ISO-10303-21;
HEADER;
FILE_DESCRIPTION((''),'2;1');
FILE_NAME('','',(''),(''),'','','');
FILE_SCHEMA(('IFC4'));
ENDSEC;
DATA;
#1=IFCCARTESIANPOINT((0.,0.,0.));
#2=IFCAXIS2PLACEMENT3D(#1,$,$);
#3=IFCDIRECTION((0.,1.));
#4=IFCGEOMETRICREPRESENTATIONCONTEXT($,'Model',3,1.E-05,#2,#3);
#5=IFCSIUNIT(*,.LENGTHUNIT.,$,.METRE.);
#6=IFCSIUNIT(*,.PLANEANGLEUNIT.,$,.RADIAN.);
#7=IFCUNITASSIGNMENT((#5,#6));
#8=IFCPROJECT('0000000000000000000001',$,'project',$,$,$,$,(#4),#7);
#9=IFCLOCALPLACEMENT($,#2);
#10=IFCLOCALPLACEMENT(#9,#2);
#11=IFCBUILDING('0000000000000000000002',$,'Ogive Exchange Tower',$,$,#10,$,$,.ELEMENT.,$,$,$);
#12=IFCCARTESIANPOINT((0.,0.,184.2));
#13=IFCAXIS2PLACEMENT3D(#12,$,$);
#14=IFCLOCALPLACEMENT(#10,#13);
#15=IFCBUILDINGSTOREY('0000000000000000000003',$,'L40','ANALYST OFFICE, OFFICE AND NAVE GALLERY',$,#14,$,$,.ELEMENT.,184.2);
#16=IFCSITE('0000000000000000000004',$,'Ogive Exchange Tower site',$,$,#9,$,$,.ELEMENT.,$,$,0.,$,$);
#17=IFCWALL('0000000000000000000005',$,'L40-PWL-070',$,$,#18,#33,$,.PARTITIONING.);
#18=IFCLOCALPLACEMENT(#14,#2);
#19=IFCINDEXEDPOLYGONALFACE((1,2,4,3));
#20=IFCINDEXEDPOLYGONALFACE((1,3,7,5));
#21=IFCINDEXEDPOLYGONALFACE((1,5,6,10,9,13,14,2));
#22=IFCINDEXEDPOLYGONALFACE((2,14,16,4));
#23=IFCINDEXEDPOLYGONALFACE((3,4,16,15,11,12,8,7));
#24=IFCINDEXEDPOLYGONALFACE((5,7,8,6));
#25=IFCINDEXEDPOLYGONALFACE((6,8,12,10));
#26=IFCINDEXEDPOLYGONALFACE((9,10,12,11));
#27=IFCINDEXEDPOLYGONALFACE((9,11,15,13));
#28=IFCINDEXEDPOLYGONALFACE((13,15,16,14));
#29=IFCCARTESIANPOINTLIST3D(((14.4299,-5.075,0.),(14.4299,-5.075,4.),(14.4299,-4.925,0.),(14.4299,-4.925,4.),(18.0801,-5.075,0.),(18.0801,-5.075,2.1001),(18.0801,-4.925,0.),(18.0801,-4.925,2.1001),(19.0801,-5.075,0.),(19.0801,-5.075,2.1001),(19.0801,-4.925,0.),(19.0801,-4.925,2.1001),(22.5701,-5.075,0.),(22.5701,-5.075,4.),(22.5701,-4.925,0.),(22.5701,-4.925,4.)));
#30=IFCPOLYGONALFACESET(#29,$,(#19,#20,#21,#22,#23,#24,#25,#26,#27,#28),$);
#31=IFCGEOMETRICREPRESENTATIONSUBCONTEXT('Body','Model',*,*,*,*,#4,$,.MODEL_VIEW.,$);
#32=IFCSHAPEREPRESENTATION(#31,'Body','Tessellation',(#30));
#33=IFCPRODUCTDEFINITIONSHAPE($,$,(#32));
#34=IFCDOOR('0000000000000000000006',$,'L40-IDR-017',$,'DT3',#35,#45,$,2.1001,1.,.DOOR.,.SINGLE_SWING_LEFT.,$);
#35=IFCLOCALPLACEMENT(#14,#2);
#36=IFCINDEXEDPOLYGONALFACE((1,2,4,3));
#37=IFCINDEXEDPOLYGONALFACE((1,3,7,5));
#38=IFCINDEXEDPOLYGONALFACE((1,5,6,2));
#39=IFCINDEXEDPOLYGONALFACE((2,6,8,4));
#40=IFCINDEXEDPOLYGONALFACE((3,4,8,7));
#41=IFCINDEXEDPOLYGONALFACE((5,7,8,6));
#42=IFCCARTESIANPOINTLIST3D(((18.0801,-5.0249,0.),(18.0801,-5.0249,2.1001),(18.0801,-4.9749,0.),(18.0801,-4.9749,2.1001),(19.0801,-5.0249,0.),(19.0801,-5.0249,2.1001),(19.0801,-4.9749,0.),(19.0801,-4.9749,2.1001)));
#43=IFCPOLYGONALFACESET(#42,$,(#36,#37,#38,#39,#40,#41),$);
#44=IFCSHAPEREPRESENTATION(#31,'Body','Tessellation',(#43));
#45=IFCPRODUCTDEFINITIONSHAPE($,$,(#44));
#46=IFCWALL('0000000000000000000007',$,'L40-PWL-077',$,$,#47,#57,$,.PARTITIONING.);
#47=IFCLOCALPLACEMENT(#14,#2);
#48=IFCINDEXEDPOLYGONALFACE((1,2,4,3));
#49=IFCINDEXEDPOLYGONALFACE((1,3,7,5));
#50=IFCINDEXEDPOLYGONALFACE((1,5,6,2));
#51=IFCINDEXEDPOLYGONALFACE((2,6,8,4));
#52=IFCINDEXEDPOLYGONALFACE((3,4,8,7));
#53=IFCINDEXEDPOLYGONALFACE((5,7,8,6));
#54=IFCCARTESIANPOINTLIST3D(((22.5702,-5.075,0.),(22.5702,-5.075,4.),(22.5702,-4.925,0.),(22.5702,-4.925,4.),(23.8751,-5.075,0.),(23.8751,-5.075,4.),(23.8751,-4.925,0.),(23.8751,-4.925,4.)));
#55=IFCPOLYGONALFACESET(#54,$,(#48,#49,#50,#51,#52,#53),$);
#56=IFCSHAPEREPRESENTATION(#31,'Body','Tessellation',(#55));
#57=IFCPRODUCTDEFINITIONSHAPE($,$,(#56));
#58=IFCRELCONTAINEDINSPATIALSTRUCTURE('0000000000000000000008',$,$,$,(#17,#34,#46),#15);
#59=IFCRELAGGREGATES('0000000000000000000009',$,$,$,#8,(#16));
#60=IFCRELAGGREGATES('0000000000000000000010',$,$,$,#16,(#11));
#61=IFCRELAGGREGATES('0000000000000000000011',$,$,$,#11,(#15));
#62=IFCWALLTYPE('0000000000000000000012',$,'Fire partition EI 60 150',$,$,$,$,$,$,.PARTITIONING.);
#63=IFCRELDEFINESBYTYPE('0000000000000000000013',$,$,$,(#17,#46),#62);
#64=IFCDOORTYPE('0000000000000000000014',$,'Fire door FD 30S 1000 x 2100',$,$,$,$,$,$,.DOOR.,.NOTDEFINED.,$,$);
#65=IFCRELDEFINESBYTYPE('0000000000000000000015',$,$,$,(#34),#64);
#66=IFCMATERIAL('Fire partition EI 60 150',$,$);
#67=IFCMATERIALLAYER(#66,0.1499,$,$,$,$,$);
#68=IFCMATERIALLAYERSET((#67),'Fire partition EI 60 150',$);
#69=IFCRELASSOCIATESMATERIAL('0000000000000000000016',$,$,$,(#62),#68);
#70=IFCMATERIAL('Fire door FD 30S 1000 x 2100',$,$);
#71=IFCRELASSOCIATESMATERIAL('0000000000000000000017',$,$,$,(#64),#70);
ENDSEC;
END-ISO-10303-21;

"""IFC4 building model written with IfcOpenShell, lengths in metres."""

from ifc_helpers import new_model, si_unit, direction, frame, frame_2d, origin, place, context, subcontext, project, spatial, rectangle, extrude, material, layer, layer_set, type_object, element, fill, save


model = new_model("IFC4")

# Units and contexts
model_context = context("Model", 3, precision=1e-05, world=origin(), true_north=direction((0.0, 1.0)))
body_context = subcontext(model_context, "Body", "Model", "MODEL_VIEW")
ifc_project = project(units=[si_unit("LENGTHUNIT", "METRE"), si_unit("PLANEANGLEUNIT", "RADIAN")], contexts=[model_context])

# Site, building, storey
site_placement = place(None, origin())
site = spatial("IfcSite", under=ifc_project, at=site_placement, Name="Ogive Exchange Tower site", CompositionType="ELEMENT", RefElevation=0.0)
building_placement = place(site_placement, origin())
building = spatial("IfcBuilding", under=site, at=building_placement, Name="Ogive Exchange Tower", CompositionType="ELEMENT")
storey_placement = place(building_placement, frame((0.0, 0.0, 184.2)))
storey = spatial("IfcBuildingStorey", under=building, at=storey_placement, Name="L40", Description="ANALYST OFFICE, OFFICE AND NAVE GALLERY", CompositionType="ELEMENT", Elevation=184.2)

# Wall, opening, door
ifc_material_1 = material(Name="Fire partition EI 60 150")
ifc_layer_1 = layer(ifc_material_1, 0.1499)
ifc_layer_set_1 = layer_set([ifc_layer_1], Name="Fire partition EI 60 150")
wall_type_1 = type_object("IfcWallType", Name="Fire partition EI 60 150", PredefinedType="PARTITIONING", material=ifc_layer_set_1)
wall_1_placement = place(storey_placement, frame((22.5701, -5.0, 0.0), z_axis=(0.0, 0.0, 1.0), x_axis=(-1.0, 0.0, 0.0)))
wall_1 = element("IfcWall", 1, at=wall_1_placement, inside=storey, type_object=wall_type_1, Name="L40-PWL-070", PredefinedType="PARTITIONING", context=body_context, shape_type="SweptSolid", body=[
    extrude(rectangle(XDim=8.1401, YDim=0.1499, at=frame_2d((4.0701, 0.0))), origin(), (0.0, 0.0, 1.0), 4.0),
])
opening_1_placement = place(wall_1_placement, frame((3.49, 0.0, 0.0)))
opening_1 = element("IfcOpeningElement", 2, at=opening_1_placement, cuts=wall_1, PredefinedType="OPENING", context=body_context, shape_type="SweptSolid", body=[
    extrude(rectangle(XDim=1.0, YDim=2.1001, at=frame_2d((0.5, 1.05))), frame((0.0, 0.085, 0.0), z_axis=(0.0, -1.0, 0.0), x_axis=(1.0, 0.0, 0.0)), (0.0, 0.0, 1.0), 0.1699),
])
ifc_material_2 = material(Name="Fire door FD 30S 1000 x 2100")
door_type_1 = type_object("IfcDoorType", Name="Fire door FD 30S 1000 x 2100", OperationType="NOTDEFINED", PredefinedType="DOOR", material=ifc_material_2)
door_1_placement = place(opening_1_placement, origin())
door_1 = element("IfcDoor", 3, at=door_1_placement, inside=storey, type_object=door_type_1, Name="L40-IDR-017", ObjectType="DT3", OperationType="SINGLE_SWING_LEFT", OverallHeight=2.1001, OverallWidth=1.0, PredefinedType="DOOR", context=body_context, shape_type="SweptSolid", body=[
    extrude(rectangle(XDim=1.0, YDim=2.1001, at=frame_2d((0.5, 1.05))), frame((0.0, 0.0249, 0.0), z_axis=(0.0, -1.0, 0.0), x_axis=(1.0, 0.0, 0.0)), (0.0, 0.0, 1.0), 0.05),
])
fill(opening_1, door_1)

# Wall
wall_2_placement = place(storey_placement, frame((23.875, -5.0, 0.0), z_axis=(0.0, 0.0, 1.0), x_axis=(-1.0, 0.0, 0.0)))
element("IfcWall", 4, at=wall_2_placement, inside=storey, type_object=wall_type_1, Name="L40-PWL-077", PredefinedType="PARTITIONING", context=body_context, shape_type="SweptSolid", body=[
    extrude(rectangle(XDim=1.3049, YDim=0.1499, at=frame_2d((0.6523, 0.0))), origin(), (0.0, 0.0, 1.0), 4.0),
])

save(model, "model.ifc")
